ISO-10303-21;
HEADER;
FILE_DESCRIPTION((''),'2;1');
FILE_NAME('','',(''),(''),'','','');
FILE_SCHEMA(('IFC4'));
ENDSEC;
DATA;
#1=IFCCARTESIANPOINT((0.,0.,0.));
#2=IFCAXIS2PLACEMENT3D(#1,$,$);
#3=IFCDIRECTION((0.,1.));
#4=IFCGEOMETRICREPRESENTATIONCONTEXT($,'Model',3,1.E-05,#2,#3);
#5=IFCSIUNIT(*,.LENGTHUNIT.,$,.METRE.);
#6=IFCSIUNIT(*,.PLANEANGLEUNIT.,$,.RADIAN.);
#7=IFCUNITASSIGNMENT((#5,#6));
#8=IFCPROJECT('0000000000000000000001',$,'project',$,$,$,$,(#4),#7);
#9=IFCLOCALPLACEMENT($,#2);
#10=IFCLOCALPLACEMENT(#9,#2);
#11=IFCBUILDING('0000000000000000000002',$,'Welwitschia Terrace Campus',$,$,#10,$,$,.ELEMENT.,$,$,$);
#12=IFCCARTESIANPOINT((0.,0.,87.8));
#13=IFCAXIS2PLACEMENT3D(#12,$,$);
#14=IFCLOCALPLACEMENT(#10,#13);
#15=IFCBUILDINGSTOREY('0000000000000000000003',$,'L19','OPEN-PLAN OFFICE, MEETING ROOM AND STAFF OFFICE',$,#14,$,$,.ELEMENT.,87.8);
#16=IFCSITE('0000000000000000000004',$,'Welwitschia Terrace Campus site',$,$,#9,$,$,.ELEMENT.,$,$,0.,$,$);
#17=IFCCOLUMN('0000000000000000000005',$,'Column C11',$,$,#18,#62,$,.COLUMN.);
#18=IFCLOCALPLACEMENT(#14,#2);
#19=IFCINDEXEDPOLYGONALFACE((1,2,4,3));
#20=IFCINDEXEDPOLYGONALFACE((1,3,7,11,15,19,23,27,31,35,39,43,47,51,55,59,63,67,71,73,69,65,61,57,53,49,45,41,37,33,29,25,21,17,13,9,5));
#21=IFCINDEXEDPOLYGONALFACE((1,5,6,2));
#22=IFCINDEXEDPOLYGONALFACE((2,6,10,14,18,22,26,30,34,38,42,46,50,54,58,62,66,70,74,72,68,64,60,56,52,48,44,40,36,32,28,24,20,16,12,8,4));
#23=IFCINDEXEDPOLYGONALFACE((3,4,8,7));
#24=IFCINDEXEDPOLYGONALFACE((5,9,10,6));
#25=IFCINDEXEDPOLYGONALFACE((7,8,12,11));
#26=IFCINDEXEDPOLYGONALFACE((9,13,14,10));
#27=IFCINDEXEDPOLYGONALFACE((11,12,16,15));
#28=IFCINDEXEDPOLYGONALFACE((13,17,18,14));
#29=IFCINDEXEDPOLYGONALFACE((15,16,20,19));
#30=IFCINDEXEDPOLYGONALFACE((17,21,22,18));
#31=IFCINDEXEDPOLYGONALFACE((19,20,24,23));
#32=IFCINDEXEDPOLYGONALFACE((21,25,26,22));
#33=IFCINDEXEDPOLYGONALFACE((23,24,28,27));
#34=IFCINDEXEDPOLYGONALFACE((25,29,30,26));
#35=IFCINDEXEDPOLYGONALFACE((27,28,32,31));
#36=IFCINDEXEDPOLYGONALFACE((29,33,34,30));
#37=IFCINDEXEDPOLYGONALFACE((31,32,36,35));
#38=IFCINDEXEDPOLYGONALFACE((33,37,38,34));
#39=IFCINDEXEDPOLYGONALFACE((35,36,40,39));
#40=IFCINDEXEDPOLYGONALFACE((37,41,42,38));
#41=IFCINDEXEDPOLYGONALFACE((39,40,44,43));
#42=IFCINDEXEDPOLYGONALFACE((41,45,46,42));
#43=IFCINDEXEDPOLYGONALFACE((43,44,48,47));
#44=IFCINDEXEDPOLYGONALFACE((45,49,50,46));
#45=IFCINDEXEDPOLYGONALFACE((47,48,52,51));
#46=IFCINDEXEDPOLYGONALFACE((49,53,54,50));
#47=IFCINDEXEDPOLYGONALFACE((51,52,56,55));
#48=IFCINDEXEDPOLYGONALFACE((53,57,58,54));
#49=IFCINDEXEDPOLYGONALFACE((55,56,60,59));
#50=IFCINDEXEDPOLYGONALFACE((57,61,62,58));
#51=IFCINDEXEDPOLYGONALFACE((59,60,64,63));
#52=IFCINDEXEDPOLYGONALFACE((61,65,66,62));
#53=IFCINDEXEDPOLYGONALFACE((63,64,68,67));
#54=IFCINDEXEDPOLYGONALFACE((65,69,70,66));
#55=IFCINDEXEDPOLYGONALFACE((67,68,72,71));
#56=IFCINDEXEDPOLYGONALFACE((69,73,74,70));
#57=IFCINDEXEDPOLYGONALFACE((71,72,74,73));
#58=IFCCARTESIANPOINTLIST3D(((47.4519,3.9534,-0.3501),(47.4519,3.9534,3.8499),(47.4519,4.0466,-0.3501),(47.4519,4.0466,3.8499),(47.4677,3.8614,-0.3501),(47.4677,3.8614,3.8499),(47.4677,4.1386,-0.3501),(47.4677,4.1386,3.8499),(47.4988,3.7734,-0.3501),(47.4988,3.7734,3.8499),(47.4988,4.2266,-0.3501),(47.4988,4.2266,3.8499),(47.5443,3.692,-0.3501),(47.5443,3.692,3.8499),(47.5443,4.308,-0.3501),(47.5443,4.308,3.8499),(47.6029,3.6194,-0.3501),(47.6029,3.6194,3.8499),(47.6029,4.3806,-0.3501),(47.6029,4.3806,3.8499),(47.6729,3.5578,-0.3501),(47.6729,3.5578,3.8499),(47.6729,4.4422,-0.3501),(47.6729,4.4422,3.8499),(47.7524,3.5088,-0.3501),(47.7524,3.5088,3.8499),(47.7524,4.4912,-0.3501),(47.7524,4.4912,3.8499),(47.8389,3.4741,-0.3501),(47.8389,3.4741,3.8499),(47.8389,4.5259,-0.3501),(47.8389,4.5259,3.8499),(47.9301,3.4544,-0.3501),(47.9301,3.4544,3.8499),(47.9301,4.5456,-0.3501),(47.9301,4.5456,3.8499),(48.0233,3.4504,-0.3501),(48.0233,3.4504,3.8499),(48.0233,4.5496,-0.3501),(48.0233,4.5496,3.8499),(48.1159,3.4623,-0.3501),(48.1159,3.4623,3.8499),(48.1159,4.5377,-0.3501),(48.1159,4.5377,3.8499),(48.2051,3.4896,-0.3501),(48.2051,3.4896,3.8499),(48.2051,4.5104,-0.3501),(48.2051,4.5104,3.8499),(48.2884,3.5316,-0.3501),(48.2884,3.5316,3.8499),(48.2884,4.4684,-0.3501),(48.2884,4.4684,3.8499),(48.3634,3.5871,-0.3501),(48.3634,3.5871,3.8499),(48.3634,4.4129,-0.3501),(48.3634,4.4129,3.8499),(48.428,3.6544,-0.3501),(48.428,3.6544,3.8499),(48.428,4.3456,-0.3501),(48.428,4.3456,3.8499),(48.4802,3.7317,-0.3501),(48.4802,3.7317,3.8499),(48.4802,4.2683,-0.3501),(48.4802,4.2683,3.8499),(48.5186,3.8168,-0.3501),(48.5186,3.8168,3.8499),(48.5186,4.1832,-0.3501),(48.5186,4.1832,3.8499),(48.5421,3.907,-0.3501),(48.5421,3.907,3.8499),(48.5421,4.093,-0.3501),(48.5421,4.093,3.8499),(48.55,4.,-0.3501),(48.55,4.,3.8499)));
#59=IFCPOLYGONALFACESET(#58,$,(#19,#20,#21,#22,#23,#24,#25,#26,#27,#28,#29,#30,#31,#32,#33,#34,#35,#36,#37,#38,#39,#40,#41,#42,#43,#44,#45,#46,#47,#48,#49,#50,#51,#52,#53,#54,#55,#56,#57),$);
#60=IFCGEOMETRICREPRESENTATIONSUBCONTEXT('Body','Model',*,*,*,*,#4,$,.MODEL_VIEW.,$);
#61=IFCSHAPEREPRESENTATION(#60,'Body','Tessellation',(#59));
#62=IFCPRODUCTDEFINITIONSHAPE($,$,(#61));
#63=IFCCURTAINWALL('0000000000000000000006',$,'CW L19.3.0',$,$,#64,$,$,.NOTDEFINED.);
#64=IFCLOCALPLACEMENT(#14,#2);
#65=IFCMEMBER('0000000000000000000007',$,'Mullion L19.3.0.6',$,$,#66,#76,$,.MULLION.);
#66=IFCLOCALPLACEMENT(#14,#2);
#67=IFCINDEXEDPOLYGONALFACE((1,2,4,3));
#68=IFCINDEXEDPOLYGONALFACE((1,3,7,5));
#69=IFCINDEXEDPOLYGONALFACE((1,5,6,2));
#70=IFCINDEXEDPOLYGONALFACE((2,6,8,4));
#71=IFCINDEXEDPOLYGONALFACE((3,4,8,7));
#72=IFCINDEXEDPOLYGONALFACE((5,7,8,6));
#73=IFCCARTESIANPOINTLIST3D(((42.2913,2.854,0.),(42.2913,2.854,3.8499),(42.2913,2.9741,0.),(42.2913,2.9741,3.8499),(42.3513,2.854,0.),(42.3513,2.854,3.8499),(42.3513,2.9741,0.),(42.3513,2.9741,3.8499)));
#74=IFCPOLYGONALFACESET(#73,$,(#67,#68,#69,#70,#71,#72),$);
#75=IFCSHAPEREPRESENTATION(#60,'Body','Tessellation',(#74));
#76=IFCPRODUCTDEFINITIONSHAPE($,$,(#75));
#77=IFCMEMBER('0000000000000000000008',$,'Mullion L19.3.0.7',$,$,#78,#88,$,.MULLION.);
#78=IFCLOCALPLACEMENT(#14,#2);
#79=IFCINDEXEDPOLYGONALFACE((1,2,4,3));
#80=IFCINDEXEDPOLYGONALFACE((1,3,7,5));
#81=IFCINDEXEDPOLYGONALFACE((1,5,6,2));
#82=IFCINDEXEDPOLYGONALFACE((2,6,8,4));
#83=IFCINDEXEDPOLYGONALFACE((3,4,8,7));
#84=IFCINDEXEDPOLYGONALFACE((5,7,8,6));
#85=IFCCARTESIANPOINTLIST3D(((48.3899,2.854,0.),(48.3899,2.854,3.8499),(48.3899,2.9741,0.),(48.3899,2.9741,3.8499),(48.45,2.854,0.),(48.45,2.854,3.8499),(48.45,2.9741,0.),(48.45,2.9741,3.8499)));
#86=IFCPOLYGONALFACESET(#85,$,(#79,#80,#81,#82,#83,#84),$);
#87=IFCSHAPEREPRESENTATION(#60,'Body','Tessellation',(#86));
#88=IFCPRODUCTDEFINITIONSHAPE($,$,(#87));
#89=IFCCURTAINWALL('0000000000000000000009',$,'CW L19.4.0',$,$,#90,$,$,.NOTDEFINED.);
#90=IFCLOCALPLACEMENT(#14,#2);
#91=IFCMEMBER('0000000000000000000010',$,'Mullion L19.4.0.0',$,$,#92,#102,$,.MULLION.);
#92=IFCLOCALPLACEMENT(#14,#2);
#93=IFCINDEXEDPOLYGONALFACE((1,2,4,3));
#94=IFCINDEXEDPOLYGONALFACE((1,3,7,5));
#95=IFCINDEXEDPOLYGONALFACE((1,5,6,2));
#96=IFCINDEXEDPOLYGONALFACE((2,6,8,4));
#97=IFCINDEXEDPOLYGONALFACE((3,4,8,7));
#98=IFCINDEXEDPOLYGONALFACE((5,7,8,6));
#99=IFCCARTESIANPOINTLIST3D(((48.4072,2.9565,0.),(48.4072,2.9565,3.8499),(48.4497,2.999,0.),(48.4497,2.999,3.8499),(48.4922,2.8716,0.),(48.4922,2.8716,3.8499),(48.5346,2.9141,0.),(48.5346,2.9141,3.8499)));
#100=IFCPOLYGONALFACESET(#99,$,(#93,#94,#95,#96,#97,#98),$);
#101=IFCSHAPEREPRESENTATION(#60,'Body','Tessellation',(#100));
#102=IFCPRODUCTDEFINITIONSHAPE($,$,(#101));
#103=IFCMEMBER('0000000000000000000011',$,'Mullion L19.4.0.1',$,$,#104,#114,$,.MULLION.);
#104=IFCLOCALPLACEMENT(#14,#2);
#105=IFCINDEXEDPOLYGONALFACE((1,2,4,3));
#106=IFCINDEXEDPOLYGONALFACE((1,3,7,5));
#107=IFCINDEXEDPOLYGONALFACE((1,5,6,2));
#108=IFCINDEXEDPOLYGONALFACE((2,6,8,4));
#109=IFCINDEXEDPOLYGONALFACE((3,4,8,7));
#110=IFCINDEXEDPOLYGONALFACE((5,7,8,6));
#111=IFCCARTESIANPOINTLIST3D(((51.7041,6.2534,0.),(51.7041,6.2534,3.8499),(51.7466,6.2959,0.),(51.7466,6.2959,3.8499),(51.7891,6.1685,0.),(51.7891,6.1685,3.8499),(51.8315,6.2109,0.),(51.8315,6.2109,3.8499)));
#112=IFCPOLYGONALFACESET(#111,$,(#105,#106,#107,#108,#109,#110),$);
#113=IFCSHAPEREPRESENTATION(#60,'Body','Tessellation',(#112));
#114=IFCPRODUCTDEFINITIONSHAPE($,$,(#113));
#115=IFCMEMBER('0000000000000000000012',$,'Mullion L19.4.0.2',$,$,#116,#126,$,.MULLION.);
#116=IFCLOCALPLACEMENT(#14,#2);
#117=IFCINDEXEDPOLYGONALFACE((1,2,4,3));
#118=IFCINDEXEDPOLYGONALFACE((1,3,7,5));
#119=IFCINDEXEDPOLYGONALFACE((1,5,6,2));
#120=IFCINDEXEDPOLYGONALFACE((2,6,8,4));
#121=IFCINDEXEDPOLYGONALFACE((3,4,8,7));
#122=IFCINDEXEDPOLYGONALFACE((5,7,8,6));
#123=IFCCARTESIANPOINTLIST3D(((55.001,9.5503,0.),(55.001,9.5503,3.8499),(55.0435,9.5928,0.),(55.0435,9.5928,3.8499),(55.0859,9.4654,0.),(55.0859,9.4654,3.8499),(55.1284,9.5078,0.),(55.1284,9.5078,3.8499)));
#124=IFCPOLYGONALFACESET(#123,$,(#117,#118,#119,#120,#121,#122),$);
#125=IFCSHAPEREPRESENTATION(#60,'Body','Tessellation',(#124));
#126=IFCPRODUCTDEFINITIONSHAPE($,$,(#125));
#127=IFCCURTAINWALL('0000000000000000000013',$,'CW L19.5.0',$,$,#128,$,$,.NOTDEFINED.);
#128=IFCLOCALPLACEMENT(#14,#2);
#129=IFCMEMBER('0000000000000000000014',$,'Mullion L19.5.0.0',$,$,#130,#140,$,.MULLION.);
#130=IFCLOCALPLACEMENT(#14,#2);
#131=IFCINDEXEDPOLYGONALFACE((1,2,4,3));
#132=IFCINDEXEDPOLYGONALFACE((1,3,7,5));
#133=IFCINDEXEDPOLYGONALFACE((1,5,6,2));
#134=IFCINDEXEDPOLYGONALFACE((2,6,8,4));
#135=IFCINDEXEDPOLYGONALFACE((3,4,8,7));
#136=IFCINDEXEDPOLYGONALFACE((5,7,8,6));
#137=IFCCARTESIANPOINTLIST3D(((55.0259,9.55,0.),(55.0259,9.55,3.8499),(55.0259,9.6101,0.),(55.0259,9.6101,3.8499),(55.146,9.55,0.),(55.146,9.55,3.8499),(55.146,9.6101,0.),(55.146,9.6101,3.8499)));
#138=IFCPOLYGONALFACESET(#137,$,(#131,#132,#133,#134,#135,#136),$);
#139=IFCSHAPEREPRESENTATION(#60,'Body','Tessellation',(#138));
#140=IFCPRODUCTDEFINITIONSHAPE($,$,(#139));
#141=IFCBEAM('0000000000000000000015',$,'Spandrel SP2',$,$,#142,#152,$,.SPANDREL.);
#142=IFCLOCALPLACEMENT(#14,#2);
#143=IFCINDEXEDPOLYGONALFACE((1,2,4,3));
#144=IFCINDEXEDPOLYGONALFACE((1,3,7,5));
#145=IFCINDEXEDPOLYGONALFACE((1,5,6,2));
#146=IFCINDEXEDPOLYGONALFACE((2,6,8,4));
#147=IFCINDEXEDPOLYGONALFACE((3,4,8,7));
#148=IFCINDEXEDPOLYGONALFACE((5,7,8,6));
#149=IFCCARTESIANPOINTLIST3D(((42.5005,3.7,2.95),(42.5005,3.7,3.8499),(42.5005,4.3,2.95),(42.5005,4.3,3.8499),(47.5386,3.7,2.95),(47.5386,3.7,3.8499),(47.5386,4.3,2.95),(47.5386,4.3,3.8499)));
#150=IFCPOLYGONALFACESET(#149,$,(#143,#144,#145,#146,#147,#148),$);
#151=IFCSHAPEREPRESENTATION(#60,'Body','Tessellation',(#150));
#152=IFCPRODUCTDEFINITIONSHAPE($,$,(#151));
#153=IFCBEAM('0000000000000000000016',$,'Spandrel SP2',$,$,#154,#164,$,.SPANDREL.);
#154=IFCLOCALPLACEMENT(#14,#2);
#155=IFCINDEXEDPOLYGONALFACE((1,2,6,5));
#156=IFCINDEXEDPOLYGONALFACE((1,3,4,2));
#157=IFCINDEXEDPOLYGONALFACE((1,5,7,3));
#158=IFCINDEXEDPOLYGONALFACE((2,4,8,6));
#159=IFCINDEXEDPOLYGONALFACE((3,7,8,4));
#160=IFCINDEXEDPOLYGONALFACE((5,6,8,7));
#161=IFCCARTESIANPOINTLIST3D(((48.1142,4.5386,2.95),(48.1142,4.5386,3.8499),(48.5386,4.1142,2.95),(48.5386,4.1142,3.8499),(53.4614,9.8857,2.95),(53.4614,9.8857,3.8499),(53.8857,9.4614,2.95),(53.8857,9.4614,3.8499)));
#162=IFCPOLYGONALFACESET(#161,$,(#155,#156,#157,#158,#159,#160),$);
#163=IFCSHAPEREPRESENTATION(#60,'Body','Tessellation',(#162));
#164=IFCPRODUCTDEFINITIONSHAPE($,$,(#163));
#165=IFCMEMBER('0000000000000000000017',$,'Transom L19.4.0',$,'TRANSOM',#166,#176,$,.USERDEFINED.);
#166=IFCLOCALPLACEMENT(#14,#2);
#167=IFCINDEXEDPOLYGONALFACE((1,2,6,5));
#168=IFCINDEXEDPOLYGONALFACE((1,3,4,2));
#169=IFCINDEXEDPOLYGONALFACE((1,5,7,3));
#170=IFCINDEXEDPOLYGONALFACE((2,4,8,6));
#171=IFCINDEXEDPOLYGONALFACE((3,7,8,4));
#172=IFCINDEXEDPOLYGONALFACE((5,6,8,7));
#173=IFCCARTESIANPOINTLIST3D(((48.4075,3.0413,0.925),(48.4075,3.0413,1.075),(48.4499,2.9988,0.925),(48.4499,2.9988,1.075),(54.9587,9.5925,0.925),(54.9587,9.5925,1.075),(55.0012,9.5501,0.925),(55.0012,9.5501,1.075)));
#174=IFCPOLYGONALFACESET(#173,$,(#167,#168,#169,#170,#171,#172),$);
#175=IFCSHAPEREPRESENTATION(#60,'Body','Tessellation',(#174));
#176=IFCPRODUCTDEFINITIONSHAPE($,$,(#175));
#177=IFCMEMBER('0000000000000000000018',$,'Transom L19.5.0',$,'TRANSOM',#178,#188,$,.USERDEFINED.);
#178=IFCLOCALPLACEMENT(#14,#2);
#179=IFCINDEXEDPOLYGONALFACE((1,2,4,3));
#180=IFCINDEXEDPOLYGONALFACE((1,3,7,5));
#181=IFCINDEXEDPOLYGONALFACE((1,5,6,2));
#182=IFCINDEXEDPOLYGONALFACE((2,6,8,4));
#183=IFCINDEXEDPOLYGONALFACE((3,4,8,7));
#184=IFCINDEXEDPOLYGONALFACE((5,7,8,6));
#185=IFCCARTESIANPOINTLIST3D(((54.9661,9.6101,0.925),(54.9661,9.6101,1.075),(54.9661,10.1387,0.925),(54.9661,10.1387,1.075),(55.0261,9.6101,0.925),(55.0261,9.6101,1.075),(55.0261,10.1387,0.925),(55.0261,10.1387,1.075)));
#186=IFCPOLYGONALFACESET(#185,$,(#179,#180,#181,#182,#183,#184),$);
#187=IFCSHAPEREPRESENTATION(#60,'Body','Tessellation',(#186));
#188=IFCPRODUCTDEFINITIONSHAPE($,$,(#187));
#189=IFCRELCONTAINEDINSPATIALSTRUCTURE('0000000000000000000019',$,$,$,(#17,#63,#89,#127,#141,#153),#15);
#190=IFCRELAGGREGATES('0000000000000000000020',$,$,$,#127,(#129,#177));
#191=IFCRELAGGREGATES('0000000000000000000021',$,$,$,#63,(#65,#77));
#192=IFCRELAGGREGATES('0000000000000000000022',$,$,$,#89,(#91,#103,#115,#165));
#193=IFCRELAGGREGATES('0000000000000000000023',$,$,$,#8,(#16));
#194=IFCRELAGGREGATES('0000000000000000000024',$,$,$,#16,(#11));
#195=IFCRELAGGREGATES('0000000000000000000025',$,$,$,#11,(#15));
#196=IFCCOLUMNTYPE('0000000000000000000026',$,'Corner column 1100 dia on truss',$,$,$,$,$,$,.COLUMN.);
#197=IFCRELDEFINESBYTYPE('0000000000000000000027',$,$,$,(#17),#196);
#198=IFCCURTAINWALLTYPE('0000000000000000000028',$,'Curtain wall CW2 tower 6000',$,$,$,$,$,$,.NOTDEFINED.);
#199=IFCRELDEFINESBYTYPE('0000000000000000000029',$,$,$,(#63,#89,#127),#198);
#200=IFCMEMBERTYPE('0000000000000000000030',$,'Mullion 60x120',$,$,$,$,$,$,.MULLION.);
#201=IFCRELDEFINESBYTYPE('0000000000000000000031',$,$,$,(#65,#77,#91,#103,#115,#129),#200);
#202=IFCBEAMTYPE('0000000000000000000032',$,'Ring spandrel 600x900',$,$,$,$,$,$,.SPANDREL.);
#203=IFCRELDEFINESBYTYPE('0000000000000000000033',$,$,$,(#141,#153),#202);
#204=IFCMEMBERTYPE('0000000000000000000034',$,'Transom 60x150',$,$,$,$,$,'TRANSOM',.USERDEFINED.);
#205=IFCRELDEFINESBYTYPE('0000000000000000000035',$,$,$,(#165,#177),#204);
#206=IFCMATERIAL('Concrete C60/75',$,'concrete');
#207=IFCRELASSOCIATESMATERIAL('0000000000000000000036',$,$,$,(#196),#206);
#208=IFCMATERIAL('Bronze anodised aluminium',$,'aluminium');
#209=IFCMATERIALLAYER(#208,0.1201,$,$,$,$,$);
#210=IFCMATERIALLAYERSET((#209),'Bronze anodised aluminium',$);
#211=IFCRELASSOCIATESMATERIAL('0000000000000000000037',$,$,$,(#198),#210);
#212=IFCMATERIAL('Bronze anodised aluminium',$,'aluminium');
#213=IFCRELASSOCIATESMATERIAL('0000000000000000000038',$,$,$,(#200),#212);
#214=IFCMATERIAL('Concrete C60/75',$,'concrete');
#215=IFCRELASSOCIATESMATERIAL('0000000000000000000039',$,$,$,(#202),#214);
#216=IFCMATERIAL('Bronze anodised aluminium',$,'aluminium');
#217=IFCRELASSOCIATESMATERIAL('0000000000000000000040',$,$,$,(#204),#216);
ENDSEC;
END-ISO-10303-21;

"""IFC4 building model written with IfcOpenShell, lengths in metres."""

from ifc_helpers import new_model, si_unit, direction, frame, origin, origin_2d, place, context, subcontext, project, spatial, rectangle, circle, extrude, material, layer, layer_set, material_profile, profile_set, type_object, element, aggregate, save


model = new_model("IFC4")

# Units and contexts
model_context = context("Model", 3, precision=1e-05, world=origin(), true_north=direction((0.0, 1.0)))
body_context = subcontext(model_context, "Body", "Model", "MODEL_VIEW")
ifc_project = project(units=[si_unit("LENGTHUNIT", "METRE"), si_unit("PLANEANGLEUNIT", "RADIAN")], contexts=[model_context])

# Site, building, storey
site_placement = place(None, origin())
site = spatial("IfcSite", under=ifc_project, at=site_placement, Name="Welwitschia Terrace Campus site", CompositionType="ELEMENT", RefElevation=0.0)
building_placement = place(site_placement, origin())
building = spatial("IfcBuilding", under=site, at=building_placement, Name="Welwitschia Terrace Campus", CompositionType="ELEMENT")
storey_placement = place(building_placement, frame((0.0, 0.0, 87.8)))
storey = spatial("IfcBuildingStorey", under=building, at=storey_placement, Name="L19", Description="OPEN-PLAN OFFICE, MEETING ROOM AND STAFF OFFICE", CompositionType="ELEMENT", Elevation=87.8)

# Column
ifc_material_1 = material(Name="Concrete C60/75", Category="concrete")
ifc_material_profile_1 = material_profile(ifc_material_1, circle(Radius=0.55, at=origin_2d()))
ifc_profile_set_1 = profile_set([ifc_material_profile_1], Name="Concrete C60/75")
column_type = type_object("IfcColumnType", Name="Corner column 1100 dia on truss", PredefinedType="COLUMN", material=ifc_profile_set_1)
column_placement = place(storey_placement, frame((48.0, 4.0, -0.3501), z_axis=(0.0, 0.0, 1.0), x_axis=(1.0, 0.0, 0.0)))
element("IfcColumn", 1, at=column_placement, inside=storey, type_object=column_type, Name="Column C11", PredefinedType="COLUMN", context=body_context, shape_type="SweptSolid", body=[
    extrude(circle(Radius=0.55, at=origin_2d()), origin(), (0.0, 0.0, 1.0), 4.2),
])

# Curtain walls, members
ifc_material_2 = material(Name="Bronze anodised aluminium", Category="aluminium")
ifc_layer_1 = layer(ifc_material_2, 0.1201)
ifc_layer_set_1 = layer_set([ifc_layer_1], Name="Bronze anodised aluminium")
curtain_wall_type = type_object("IfcCurtainWallType", Name="Curtain wall CW2 tower 6000", PredefinedType="NOTDEFINED", material=ifc_layer_set_1)
curtain_wall_1_placement = place(storey_placement, origin())
curtain_wall_1 = element("IfcCurtainWall", 2, at=curtain_wall_1_placement, inside=storey, type_object=curtain_wall_type, Name="CW L19.3.0", PredefinedType="NOTDEFINED")
ifc_material_3 = material(Name="Bronze anodised aluminium", Category="aluminium")
ifc_material_profile_2 = material_profile(ifc_material_3, rectangle(XDim=0.1201, YDim=0.0601, at=origin_2d()))
ifc_profile_set_2 = profile_set([ifc_material_profile_2], Name="Bronze anodised aluminium")
member_type_1 = type_object("IfcMemberType", Name="Mullion 60x120", PredefinedType="MULLION", material=ifc_profile_set_2)
member_1_placement = place(storey_placement, frame((42.3213, 2.9141, 0.0), z_axis=(0.0, 0.0, 1.0), x_axis=(0.0, 1.0, 0.0)))
member_1 = element("IfcMember", 3, at=member_1_placement, type_object=member_type_1, Name="Mullion L19.3.0.6", PredefinedType="MULLION", context=body_context, shape_type="SweptSolid", body=[
    extrude(rectangle(XDim=0.1201, YDim=0.0601, at=origin_2d()), origin(), (0.0, 0.0, 1.0), 3.8499),
])
member_2_placement = place(storey_placement, frame((48.4199, 2.9141, 0.0), z_axis=(0.0, 0.0, 1.0), x_axis=(0.0, 1.0, 0.0)))
member_2 = element("IfcMember", 4, at=member_2_placement, type_object=member_type_1, Name="Mullion L19.3.0.7", PredefinedType="MULLION", context=body_context, shape_type="SweptSolid", body=[
    extrude(rectangle(XDim=0.1201, YDim=0.0601, at=origin_2d()), origin(), (0.0, 0.0, 1.0), 3.8499),
])
curtain_wall_2_placement = place(storey_placement, origin())
curtain_wall_2 = element("IfcCurtainWall", 5, at=curtain_wall_2_placement, inside=storey, type_object=curtain_wall_type, Name="CW L19.4.0", PredefinedType="NOTDEFINED")
member_3_placement = place(storey_placement, frame((48.4709, 2.9353, 0.0), z_axis=(0.0, 0.0, 1.0), x_axis=(-0.707107, 0.707107, 0.0)))
member_3 = element("IfcMember", 6, at=member_3_placement, type_object=member_type_1, Name="Mullion L19.4.0.0", PredefinedType="MULLION", context=body_context, shape_type="SweptSolid", body=[
    extrude(rectangle(XDim=0.1201, YDim=0.0601, at=origin_2d()), origin(), (0.0, 0.0, 1.0), 3.8499),
])
member_4_placement = place(storey_placement, frame((51.7678, 6.2322, 0.0), z_axis=(0.0, 0.0, 1.0), x_axis=(-0.707107, 0.707107, 0.0)))
member_4 = element("IfcMember", 7, at=member_4_placement, type_object=member_type_1, Name="Mullion L19.4.0.1", PredefinedType="MULLION", context=body_context, shape_type="SweptSolid", body=[
    extrude(rectangle(XDim=0.1201, YDim=0.0601, at=origin_2d()), origin(), (0.0, 0.0, 1.0), 3.8499),
])
member_5_placement = place(storey_placement, frame((55.0647, 9.5291, 0.0), z_axis=(0.0, 0.0, 1.0), x_axis=(-0.707107, 0.707107, 0.0)))
member_5 = element("IfcMember", 8, at=member_5_placement, type_object=member_type_1, Name="Mullion L19.4.0.2", PredefinedType="MULLION", context=body_context, shape_type="SweptSolid", body=[
    extrude(rectangle(XDim=0.1201, YDim=0.0601, at=origin_2d()), origin(), (0.0, 0.0, 1.0), 3.8499),
])

# Curtain wall, member
curtain_wall_3_placement = place(storey_placement, origin())
curtain_wall_3 = element("IfcCurtainWall", 9, at=curtain_wall_3_placement, inside=storey, type_object=curtain_wall_type, Name="CW L19.5.0", PredefinedType="NOTDEFINED")
member_6_placement = place(storey_placement, frame((55.0859, 9.5801, 0.0), z_axis=(0.0, 0.0, 1.0), x_axis=(-1.0, 0.0, 0.0)))
member_6 = element("IfcMember", 10, at=member_6_placement, type_object=member_type_1, Name="Mullion L19.5.0.0", PredefinedType="MULLION", context=body_context, shape_type="SweptSolid", body=[
    extrude(rectangle(XDim=0.1201, YDim=0.0601, at=origin_2d()), origin(), (0.0, 0.0, 1.0), 3.8499),
])

# Beams
ifc_material_4 = material(Name="Concrete C60/75", Category="concrete")
ifc_material_profile_3 = material_profile(ifc_material_4, rectangle(XDim=0.6001, YDim=0.8999, at=origin_2d()))
ifc_profile_set_3 = profile_set([ifc_material_profile_3], Name="Concrete C60/75")
beam_type = type_object("IfcBeamType", Name="Ring spandrel 600x900", PredefinedType="SPANDREL", material=ifc_profile_set_3)
beam_1_placement = place(storey_placement, frame((42.5005, 4.0, 3.3999), z_axis=(1.0, 0.0, 0.0), x_axis=(0.0, 1.0, 0.0)))
element("IfcBeam", 11, at=beam_1_placement, inside=storey, type_object=beam_type, Name="Spandrel SP2", PredefinedType="SPANDREL", context=body_context, shape_type="SweptSolid", body=[
    extrude(rectangle(XDim=0.6001, YDim=0.8999, at=origin_2d()), origin(), (0.0, 0.0, 1.0), 5.0381),
])
beam_2_placement = place(storey_placement, frame((48.3264, 4.3264, 3.3999), z_axis=(0.707107, 0.707107, 0.0), x_axis=(-0.707107, 0.707107, 0.0)))
element("IfcBeam", 12, at=beam_2_placement, inside=storey, type_object=beam_type, Name="Spandrel SP2", PredefinedType="SPANDREL", context=body_context, shape_type="SweptSolid", body=[
    extrude(rectangle(XDim=0.6001, YDim=0.8999, at=origin_2d()), origin(), (0.0, 0.0, 1.0), 7.562),
])

# Members
ifc_material_5 = material(Name="Bronze anodised aluminium", Category="aluminium")
ifc_material_profile_4 = material_profile(ifc_material_5, rectangle(XDim=0.0601, YDim=0.1499, at=origin_2d()))
ifc_profile_set_4 = profile_set([ifc_material_profile_4], Name="Bronze anodised aluminium")
member_type_2 = type_object("IfcMemberType", Name="Transom 60x150", ElementType="TRANSOM", PredefinedType="USERDEFINED", material=ifc_profile_set_4)
member_7_placement = place(storey_placement, frame((48.4287, 3.02, 1.0), z_axis=(0.707107, 0.707107, 0.0), x_axis=(-0.707107, 0.707107, 0.0)))
member_7 = element("IfcMember", 13, at=member_7_placement, type_object=member_type_2, Name="Transom L19.4.0", ObjectType="TRANSOM", PredefinedType="USERDEFINED", context=body_context, shape_type="SweptSolid", body=[
    extrude(rectangle(XDim=0.0601, YDim=0.1499, at=origin_2d()), origin(), (0.0, 0.0, 1.0), 9.2649),
])
member_8_placement = place(storey_placement, frame((54.9961, 9.6101, 1.0), z_axis=(0.0, 1.0, 0.0), x_axis=(-1.0, 0.0, 0.0)))
member_8 = element("IfcMember", 14, at=member_8_placement, type_object=member_type_2, Name="Transom L19.5.0", ObjectType="TRANSOM", PredefinedType="USERDEFINED", context=body_context, shape_type="SweptSolid", body=[
    extrude(rectangle(XDim=0.0601, YDim=0.1499, at=origin_2d()), origin(), (0.0, 0.0, 1.0), 0.5286),
])
aggregate(curtain_wall_3, [member_6, member_8])

aggregate(curtain_wall_1, [member_1, member_2])
aggregate(curtain_wall_2, [member_3, member_4, member_5, member_7])

save(model, "model.ifc")
